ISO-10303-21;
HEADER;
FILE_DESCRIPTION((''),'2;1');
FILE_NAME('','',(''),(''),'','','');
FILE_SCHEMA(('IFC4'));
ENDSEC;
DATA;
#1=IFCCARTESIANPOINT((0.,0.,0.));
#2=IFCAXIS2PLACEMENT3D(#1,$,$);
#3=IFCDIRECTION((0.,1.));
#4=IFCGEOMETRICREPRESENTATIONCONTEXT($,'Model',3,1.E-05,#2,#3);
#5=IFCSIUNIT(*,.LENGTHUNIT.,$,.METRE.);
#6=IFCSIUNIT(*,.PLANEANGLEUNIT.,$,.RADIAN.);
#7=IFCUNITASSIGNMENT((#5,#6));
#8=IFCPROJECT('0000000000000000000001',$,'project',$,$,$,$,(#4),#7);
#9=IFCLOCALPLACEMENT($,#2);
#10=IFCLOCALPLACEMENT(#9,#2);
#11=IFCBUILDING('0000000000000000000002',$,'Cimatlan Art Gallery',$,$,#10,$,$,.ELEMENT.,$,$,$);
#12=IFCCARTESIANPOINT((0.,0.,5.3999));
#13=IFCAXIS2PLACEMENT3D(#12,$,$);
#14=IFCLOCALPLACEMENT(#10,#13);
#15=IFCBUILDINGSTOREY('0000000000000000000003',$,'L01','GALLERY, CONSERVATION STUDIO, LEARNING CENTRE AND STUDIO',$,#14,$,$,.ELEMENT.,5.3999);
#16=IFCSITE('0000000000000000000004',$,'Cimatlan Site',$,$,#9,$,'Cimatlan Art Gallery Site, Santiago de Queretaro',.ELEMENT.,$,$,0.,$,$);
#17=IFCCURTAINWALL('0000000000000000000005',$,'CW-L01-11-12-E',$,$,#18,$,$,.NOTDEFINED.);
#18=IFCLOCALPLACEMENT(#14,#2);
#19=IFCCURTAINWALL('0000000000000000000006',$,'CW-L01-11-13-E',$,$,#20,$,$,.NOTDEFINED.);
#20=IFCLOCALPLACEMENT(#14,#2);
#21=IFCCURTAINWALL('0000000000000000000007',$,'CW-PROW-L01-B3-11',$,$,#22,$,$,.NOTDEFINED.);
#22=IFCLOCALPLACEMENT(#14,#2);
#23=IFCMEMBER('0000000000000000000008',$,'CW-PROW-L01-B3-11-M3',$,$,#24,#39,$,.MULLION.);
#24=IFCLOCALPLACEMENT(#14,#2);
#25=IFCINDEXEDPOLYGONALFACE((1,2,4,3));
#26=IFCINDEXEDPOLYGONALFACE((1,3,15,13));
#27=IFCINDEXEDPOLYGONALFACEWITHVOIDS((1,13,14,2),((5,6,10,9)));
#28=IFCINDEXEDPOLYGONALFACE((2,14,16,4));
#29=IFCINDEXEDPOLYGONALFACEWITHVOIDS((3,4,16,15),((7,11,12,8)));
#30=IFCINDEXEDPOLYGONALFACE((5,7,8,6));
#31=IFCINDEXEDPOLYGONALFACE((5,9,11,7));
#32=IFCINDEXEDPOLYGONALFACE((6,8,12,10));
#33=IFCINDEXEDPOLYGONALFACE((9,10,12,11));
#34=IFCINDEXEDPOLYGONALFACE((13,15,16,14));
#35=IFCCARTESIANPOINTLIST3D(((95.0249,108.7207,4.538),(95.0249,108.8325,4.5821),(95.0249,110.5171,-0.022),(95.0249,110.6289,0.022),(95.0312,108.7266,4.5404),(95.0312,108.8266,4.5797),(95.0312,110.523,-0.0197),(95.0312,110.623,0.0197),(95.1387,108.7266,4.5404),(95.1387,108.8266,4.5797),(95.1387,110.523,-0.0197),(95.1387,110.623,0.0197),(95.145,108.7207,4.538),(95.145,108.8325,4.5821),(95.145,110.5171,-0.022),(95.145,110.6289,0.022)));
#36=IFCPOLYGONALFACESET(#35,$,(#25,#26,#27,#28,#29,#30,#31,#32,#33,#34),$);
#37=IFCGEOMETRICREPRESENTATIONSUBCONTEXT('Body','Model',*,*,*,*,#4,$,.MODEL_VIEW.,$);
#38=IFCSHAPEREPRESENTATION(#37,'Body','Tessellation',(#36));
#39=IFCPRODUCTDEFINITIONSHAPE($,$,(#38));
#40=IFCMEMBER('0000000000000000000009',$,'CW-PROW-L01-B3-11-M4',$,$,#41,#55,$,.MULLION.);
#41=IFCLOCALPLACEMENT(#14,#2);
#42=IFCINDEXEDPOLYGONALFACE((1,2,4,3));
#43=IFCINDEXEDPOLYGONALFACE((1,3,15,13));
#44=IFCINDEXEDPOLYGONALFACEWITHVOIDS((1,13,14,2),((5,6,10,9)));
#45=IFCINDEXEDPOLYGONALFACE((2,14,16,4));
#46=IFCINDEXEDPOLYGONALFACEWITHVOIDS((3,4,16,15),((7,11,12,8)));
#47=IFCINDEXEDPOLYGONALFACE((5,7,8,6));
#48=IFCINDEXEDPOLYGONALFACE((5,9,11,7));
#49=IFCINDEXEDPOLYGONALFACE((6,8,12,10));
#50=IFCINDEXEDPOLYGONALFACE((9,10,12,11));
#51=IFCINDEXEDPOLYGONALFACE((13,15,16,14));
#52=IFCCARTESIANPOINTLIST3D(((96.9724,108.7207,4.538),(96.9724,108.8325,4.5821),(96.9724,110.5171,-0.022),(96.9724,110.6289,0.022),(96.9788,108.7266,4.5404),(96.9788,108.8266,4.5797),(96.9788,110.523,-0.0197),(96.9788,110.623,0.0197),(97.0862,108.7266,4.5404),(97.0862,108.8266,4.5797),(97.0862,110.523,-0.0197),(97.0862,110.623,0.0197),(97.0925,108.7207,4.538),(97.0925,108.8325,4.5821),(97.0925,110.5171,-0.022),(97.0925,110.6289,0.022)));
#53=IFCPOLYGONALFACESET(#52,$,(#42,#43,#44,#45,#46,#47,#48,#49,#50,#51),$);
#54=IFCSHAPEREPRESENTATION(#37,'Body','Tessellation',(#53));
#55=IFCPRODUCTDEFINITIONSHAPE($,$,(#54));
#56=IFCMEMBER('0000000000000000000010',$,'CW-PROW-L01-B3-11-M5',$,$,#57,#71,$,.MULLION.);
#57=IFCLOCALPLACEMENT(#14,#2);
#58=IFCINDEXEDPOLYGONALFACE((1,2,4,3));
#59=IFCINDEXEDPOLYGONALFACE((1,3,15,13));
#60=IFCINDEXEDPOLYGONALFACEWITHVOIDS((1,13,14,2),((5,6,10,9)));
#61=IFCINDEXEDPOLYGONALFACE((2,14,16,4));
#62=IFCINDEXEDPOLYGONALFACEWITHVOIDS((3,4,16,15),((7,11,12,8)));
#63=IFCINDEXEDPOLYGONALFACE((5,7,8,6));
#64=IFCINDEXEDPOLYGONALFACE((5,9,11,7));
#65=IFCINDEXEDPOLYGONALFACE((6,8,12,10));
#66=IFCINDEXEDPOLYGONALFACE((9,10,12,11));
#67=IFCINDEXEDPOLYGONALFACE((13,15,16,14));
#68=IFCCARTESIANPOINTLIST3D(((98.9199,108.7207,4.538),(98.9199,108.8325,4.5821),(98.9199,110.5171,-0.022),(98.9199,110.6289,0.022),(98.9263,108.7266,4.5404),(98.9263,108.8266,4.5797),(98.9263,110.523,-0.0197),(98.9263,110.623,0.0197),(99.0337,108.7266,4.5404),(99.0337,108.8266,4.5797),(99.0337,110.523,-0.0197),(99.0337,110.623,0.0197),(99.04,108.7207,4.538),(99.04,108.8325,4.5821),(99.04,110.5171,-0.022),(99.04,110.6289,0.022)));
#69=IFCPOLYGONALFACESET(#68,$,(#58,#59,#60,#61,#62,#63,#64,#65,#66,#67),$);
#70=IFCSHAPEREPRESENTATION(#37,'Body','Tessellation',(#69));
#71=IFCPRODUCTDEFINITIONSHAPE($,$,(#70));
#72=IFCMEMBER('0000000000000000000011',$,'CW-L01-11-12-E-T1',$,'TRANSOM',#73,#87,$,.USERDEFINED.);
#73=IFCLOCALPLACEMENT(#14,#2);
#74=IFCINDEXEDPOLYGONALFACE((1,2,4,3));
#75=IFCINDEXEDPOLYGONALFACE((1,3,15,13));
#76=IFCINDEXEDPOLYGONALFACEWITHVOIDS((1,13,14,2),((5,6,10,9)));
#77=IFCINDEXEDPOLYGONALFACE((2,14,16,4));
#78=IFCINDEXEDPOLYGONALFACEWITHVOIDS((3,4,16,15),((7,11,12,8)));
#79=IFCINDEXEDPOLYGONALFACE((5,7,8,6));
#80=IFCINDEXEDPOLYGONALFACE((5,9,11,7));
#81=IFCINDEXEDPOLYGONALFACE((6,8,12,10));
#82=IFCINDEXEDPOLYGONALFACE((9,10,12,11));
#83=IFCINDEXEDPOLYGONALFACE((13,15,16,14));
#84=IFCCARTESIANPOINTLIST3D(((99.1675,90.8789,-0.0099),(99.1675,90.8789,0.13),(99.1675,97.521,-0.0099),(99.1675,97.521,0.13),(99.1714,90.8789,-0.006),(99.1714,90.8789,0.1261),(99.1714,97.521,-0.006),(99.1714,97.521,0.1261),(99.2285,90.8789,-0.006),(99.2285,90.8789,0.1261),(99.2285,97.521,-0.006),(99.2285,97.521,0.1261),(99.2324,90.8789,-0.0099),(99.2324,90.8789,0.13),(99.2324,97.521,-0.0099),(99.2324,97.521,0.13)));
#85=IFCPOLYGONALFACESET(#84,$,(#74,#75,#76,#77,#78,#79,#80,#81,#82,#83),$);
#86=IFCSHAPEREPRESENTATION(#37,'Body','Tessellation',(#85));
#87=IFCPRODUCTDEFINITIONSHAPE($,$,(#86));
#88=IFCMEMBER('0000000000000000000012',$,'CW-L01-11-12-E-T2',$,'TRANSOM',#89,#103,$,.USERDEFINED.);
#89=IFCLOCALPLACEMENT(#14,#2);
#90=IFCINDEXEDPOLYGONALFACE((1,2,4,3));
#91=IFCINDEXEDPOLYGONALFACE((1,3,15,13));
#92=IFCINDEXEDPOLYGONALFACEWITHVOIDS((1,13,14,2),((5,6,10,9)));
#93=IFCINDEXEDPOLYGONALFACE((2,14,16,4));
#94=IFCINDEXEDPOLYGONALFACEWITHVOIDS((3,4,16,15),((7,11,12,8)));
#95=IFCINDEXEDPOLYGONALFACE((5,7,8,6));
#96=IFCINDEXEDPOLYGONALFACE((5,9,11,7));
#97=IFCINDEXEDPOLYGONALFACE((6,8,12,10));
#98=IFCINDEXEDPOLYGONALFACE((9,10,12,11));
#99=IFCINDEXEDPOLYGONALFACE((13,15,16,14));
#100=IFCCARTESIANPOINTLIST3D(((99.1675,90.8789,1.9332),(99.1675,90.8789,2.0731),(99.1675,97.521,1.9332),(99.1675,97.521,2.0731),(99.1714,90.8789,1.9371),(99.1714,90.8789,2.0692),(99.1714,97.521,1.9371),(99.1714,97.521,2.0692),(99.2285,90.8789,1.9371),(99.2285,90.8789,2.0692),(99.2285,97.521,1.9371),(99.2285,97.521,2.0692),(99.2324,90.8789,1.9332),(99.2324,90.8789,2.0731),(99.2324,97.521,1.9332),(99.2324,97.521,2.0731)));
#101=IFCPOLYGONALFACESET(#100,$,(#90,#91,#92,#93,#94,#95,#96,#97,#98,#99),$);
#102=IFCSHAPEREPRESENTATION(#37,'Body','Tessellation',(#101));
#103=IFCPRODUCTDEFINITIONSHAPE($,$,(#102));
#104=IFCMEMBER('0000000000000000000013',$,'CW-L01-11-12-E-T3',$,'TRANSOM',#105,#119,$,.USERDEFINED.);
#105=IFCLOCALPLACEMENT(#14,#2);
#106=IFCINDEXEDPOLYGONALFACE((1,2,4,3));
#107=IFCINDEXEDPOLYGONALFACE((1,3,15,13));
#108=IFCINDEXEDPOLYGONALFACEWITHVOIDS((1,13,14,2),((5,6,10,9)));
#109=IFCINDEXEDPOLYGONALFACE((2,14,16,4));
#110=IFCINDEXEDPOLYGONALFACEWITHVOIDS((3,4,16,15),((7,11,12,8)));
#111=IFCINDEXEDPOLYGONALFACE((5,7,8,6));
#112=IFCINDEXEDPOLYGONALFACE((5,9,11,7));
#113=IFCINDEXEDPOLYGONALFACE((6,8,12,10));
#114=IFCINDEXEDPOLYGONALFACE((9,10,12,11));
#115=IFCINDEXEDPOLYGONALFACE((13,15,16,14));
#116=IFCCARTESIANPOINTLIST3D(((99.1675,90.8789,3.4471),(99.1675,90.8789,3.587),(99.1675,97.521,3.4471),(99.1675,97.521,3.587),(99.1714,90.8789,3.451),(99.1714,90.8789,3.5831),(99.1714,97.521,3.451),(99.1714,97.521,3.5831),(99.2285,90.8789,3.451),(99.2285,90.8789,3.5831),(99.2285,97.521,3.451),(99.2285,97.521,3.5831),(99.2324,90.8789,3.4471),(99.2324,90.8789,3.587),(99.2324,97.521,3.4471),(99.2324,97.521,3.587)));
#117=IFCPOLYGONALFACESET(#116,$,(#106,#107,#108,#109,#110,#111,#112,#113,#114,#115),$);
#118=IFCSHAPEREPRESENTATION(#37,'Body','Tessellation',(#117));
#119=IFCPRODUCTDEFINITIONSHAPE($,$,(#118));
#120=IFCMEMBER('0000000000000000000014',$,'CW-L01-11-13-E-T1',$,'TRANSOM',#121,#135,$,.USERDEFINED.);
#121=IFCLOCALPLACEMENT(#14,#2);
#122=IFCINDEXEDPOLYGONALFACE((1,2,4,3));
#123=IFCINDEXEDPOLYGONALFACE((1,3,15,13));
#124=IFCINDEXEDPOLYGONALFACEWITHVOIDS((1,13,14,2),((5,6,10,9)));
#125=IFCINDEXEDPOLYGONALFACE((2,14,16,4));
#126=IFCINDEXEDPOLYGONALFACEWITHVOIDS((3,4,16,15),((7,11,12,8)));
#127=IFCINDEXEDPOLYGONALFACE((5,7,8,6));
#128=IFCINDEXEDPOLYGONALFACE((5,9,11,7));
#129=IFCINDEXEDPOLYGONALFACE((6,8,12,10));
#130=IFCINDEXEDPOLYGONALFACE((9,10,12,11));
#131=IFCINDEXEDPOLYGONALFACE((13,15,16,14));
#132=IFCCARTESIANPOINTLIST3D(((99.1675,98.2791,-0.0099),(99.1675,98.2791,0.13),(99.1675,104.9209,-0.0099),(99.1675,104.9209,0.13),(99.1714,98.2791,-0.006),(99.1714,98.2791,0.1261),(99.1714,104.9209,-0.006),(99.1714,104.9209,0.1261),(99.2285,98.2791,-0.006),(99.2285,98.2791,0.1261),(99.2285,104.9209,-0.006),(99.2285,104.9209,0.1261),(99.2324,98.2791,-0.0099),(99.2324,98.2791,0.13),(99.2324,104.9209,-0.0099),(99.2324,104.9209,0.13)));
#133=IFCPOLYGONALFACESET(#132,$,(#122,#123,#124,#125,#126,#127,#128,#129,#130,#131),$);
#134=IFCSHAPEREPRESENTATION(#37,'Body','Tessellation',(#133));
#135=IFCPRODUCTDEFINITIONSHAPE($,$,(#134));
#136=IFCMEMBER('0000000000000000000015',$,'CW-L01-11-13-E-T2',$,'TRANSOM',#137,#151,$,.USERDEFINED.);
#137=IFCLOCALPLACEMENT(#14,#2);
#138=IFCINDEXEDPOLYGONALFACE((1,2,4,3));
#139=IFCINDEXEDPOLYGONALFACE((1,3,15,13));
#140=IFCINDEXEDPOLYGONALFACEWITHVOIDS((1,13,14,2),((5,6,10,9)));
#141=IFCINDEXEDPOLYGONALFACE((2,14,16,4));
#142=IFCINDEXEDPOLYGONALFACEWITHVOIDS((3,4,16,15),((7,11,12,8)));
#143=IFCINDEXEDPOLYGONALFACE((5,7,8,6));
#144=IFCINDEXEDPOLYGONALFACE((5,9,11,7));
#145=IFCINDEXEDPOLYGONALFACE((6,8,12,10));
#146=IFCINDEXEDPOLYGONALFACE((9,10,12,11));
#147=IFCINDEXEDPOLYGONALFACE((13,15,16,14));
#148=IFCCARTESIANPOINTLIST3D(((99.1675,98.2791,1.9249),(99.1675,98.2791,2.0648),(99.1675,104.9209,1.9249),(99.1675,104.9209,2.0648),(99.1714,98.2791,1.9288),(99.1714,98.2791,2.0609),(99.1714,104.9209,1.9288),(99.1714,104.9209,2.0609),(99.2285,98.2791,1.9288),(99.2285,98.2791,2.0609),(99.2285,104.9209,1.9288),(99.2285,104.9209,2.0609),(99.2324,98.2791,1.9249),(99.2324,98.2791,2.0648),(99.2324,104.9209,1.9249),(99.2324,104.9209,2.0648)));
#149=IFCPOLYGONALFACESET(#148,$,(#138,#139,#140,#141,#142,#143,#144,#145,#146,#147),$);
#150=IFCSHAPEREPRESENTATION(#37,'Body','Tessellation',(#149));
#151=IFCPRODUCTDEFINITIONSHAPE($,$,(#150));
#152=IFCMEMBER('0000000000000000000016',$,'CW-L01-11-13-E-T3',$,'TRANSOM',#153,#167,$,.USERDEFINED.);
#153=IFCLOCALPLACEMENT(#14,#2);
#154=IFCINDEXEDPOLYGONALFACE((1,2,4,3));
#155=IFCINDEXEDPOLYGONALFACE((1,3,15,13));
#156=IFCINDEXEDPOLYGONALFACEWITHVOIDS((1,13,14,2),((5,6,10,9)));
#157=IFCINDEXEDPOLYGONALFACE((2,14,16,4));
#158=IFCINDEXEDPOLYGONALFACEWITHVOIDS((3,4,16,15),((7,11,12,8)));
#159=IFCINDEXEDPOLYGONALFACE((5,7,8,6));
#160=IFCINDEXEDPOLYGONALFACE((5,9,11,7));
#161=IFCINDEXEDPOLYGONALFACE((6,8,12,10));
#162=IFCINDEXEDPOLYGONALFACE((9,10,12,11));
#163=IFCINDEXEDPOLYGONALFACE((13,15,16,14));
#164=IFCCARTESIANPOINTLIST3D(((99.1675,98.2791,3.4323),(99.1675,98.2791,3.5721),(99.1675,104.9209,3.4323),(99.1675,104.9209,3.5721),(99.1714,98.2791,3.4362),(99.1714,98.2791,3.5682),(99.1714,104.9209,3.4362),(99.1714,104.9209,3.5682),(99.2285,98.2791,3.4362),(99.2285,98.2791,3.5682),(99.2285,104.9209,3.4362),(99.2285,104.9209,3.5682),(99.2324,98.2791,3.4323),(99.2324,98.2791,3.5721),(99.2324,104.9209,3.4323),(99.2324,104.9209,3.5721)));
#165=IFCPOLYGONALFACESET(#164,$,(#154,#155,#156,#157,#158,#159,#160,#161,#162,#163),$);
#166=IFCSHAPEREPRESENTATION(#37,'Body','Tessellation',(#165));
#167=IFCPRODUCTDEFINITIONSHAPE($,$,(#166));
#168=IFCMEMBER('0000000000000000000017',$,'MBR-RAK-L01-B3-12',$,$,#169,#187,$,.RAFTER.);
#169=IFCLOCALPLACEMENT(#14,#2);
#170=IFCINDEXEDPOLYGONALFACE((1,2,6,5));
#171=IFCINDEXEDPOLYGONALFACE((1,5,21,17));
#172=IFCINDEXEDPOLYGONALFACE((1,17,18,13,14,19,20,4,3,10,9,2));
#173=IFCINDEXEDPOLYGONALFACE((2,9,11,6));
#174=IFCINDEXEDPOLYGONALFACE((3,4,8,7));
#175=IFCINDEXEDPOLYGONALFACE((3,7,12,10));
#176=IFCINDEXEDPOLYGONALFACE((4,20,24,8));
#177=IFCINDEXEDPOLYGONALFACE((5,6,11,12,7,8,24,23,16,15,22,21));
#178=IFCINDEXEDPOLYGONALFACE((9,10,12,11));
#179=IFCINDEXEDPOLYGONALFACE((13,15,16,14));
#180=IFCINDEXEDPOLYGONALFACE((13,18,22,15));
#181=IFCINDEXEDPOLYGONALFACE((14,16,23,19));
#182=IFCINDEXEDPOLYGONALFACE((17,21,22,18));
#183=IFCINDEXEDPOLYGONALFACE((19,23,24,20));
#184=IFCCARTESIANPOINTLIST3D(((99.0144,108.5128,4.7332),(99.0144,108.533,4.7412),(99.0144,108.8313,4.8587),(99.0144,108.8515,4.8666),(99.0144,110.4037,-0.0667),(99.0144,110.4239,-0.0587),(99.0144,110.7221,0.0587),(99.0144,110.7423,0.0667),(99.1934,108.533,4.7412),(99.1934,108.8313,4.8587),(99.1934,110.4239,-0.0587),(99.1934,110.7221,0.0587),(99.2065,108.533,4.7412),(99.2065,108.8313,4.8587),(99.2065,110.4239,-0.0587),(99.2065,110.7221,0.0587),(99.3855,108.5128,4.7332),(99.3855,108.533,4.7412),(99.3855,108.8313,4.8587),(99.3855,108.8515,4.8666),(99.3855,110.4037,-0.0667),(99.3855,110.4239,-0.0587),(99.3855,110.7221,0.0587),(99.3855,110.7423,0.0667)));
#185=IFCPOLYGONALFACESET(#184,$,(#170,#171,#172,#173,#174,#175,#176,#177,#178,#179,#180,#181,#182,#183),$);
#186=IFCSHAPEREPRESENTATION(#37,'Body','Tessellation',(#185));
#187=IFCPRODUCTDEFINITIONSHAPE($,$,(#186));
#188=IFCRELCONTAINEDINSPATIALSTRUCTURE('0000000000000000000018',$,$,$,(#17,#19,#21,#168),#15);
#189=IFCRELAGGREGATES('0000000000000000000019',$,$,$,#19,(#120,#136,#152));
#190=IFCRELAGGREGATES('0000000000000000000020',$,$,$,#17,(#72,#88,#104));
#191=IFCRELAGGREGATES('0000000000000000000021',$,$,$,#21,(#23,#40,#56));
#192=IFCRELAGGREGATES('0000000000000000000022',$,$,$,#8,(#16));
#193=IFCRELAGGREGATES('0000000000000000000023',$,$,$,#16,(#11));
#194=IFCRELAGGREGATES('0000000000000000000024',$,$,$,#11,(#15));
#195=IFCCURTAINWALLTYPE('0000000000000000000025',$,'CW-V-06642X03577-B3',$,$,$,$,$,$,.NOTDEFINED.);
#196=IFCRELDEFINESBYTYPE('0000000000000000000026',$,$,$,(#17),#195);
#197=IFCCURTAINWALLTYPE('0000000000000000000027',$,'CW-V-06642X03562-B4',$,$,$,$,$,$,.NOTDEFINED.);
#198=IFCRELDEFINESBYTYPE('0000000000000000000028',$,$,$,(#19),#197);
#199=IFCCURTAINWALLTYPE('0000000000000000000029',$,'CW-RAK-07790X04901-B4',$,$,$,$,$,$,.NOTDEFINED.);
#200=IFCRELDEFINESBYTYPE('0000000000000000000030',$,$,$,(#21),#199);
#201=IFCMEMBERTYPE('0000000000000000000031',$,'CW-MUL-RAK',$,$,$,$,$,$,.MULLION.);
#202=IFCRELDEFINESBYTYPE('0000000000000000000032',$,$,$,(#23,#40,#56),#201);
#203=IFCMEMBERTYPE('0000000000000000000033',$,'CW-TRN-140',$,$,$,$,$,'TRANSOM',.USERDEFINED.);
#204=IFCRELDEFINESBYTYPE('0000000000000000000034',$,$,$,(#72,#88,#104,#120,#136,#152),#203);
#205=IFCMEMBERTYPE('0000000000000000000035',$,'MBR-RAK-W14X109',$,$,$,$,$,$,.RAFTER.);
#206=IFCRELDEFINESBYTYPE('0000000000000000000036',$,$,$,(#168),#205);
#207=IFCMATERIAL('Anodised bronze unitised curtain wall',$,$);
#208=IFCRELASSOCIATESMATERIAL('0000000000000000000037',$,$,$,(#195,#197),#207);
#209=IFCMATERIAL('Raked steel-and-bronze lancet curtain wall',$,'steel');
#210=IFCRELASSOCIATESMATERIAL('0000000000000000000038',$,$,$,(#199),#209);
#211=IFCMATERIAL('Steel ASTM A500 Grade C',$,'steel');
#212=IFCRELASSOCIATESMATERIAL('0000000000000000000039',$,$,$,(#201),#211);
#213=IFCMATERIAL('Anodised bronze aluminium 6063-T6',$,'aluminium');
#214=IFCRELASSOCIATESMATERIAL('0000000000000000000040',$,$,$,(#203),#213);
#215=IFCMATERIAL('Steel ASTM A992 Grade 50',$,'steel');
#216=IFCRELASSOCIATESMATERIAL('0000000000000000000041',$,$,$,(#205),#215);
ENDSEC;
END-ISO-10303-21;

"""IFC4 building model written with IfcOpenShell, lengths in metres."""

from ifc_helpers import new_model, si_unit, direction, frame, origin, origin_2d, place, context, subcontext, project, spatial, hollow_rectangle, i_section, extrude, material, material_profile, profile_set, type_object, element, aggregate, save


model = new_model("IFC4")

# Units and contexts
model_context = context("Model", 3, precision=1e-05, world=origin(), true_north=direction((0.0, 1.0)))
body_context = subcontext(model_context, "Body", "Model", "MODEL_VIEW")
ifc_project = project(units=[si_unit("LENGTHUNIT", "METRE"), si_unit("PLANEANGLEUNIT", "RADIAN")], contexts=[model_context])

# Site, building, storey
site_placement = place(None, origin())
site = spatial("IfcSite", under=ifc_project, at=site_placement, Name="Cimatlan Site", LongName="Cimatlan Art Gallery Site, Santiago de Queretaro", CompositionType="ELEMENT", RefElevation=0.0)
building_placement = place(site_placement, origin())
building = spatial("IfcBuilding", under=site, at=building_placement, Name="Cimatlan Art Gallery", CompositionType="ELEMENT")
storey_placement = place(building_placement, frame((0.0, 0.0, 5.3999)))
storey = spatial("IfcBuildingStorey", under=building, at=storey_placement, Name="L01", Description="GALLERY, CONSERVATION STUDIO, LEARNING CENTRE AND STUDIO", CompositionType="ELEMENT", Elevation=5.3999)

# Shared definitions
ifc_material_1 = material(Name="Steel ASTM A992 Grade 50", Category="steel")

# Curtain wall
ifc_material_2 = material(Name="Anodised bronze unitised curtain wall")
curtain_wall_type_1 = type_object("IfcCurtainWallType", Name="CW-V-06642X03577-B3", PredefinedType="NOTDEFINED", material=ifc_material_2)
curtain_wall_1_placement = place(storey_placement, origin())
curtain_wall_1 = element("IfcCurtainWall", 1, at=curtain_wall_1_placement, inside=storey, type_object=curtain_wall_type_1, Name="CW-L01-11-12-E", PredefinedType="NOTDEFINED")
ifc_material_3 = material(Name="Anodised bronze aluminium 6063-T6", Category="aluminium")

# Curtain walls, members
curtain_wall_type_2 = type_object("IfcCurtainWallType", Name="CW-V-06642X03562-B4", PredefinedType="NOTDEFINED", material=ifc_material_2)
curtain_wall_2_placement = place(storey_placement, origin())
curtain_wall_2 = element("IfcCurtainWall", 2, at=curtain_wall_2_placement, inside=storey, type_object=curtain_wall_type_2, Name="CW-L01-11-13-E", PredefinedType="NOTDEFINED")
ifc_material_4 = material(Name="Raked steel-and-bronze lancet curtain wall", Category="steel")
curtain_wall_type_3 = type_object("IfcCurtainWallType", Name="CW-RAK-07790X04901-B4", PredefinedType="NOTDEFINED", material=ifc_material_4)
curtain_wall_3_placement = place(storey_placement, origin())
curtain_wall_3 = element("IfcCurtainWall", 3, at=curtain_wall_3_placement, inside=storey, type_object=curtain_wall_type_3, Name="CW-PROW-L01-B3-11", PredefinedType="NOTDEFINED")
ifc_material_5 = material(Name="Steel ASTM A500 Grade C", Category="steel")
ifc_material_profile_1 = material_profile(ifc_material_5, hollow_rectangle(XDim=0.1201, YDim=0.1201, WallThickness=0.0063, at=origin_2d()), Name="HSS120X120X6")
ifc_profile_set_1 = profile_set([ifc_material_profile_1], Name="Steel ASTM A500 Grade C")
member_type_1 = type_object("IfcMemberType", Name="CW-MUL-RAK", PredefinedType="MULLION", material=ifc_profile_set_1)
member_1_placement = place(storey_placement, frame((95.085, 110.573, 0.0), z_axis=(0.0, -0.366525, 0.930408), x_axis=(1.0, 0.0, 0.0)))
member_1 = element("IfcMember", 4, at=member_1_placement, type_object=member_type_1, Name="CW-PROW-L01-B3-11-M3", PredefinedType="MULLION", context=body_context, shape_type="SweptSolid", body=[
    extrude(hollow_rectangle(XDim=0.1201, YDim=0.1201, WallThickness=0.0063, at=origin_2d()), origin(), (0.0, 0.0, 1.0), 4.9011),
])
member_2_placement = place(storey_placement, frame((97.0325, 110.573, 0.0), z_axis=(0.0, -0.366525, 0.930408), x_axis=(1.0, 0.0, 0.0)))
member_2 = element("IfcMember", 5, at=member_2_placement, type_object=member_type_1, Name="CW-PROW-L01-B3-11-M4", PredefinedType="MULLION", context=body_context, shape_type="SweptSolid", body=[
    extrude(hollow_rectangle(XDim=0.1201, YDim=0.1201, WallThickness=0.0063, at=origin_2d()), origin(), (0.0, 0.0, 1.0), 4.9011),
])
member_3_placement = place(storey_placement, frame((98.98, 110.573, 0.0), z_axis=(0.0, -0.366525, 0.930408), x_axis=(1.0, 0.0, 0.0)))
member_3 = element("IfcMember", 6, at=member_3_placement, type_object=member_type_1, Name="CW-PROW-L01-B3-11-M5", PredefinedType="MULLION", context=body_context, shape_type="SweptSolid", body=[
    extrude(hollow_rectangle(XDim=0.1201, YDim=0.1201, WallThickness=0.0063, at=origin_2d()), origin(), (0.0, 0.0, 1.0), 4.9011),
])

# Members
ifc_material_profile_2 = material_profile(ifc_material_3, hollow_rectangle(XDim=0.0649, YDim=0.1399, WallThickness=0.0039, at=origin_2d()), Name="ALU65X140X4")
ifc_profile_set_2 = profile_set([ifc_material_profile_2], Name="Anodised bronze aluminium 6063-T6")
member_type_2 = type_object("IfcMemberType", Name="CW-TRN-140", ElementType="TRANSOM", PredefinedType="USERDEFINED", material=ifc_profile_set_2)
member_4_placement = place(storey_placement, frame((99.2, 97.521, 0.0601), z_axis=(0.0, -1.0, 0.0), x_axis=(1.0, 0.0, 0.0)))
member_4 = element("IfcMember", 7, at=member_4_placement, type_object=member_type_2, Name="CW-L01-11-12-E-T1", ObjectType="TRANSOM", PredefinedType="USERDEFINED", context=body_context, shape_type="SweptSolid", body=[
    extrude(hollow_rectangle(XDim=0.0649, YDim=0.1399, WallThickness=0.0039, at=origin_2d()), origin(), (0.0, 0.0, 1.0), 6.6421),
])
member_5_placement = place(storey_placement, frame((99.2, 97.521, 2.0032), z_axis=(0.0, -1.0, 0.0), x_axis=(1.0, 0.0, 0.0)))
member_5 = element("IfcMember", 8, at=member_5_placement, type_object=member_type_2, Name="CW-L01-11-12-E-T2", ObjectType="TRANSOM", PredefinedType="USERDEFINED", context=body_context, shape_type="SweptSolid", body=[
    extrude(hollow_rectangle(XDim=0.0649, YDim=0.1399, WallThickness=0.0039, at=origin_2d()), origin(), (0.0, 0.0, 1.0), 6.6421),
])
member_6_placement = place(storey_placement, frame((99.2, 97.521, 3.5171), z_axis=(0.0, -1.0, 0.0), x_axis=(1.0, 0.0, 0.0)))
member_6 = element("IfcMember", 9, at=member_6_placement, type_object=member_type_2, Name="CW-L01-11-12-E-T3", ObjectType="TRANSOM", PredefinedType="USERDEFINED", context=body_context, shape_type="SweptSolid", body=[
    extrude(hollow_rectangle(XDim=0.0649, YDim=0.1399, WallThickness=0.0039, at=origin_2d()), origin(), (0.0, 0.0, 1.0), 6.6421),
])
member_7_placement = place(storey_placement, frame((99.2, 104.9209, 0.0601), z_axis=(0.0, -1.0, 0.0), x_axis=(1.0, 0.0, 0.0)))
member_7 = element("IfcMember", 10, at=member_7_placement, type_object=member_type_2, Name="CW-L01-11-13-E-T1", ObjectType="TRANSOM", PredefinedType="USERDEFINED", context=body_context, shape_type="SweptSolid", body=[
    extrude(hollow_rectangle(XDim=0.0649, YDim=0.1399, WallThickness=0.0039, at=origin_2d()), origin(), (0.0, 0.0, 1.0), 6.6418),
])
member_8_placement = place(storey_placement, frame((99.2, 104.9209, 1.9949), z_axis=(0.0, -1.0, 0.0), x_axis=(1.0, 0.0, 0.0)))
member_8 = element("IfcMember", 11, at=member_8_placement, type_object=member_type_2, Name="CW-L01-11-13-E-T2", ObjectType="TRANSOM", PredefinedType="USERDEFINED", context=body_context, shape_type="SweptSolid", body=[
    extrude(hollow_rectangle(XDim=0.0649, YDim=0.1399, WallThickness=0.0039, at=origin_2d()), origin(), (0.0, 0.0, 1.0), 6.6418),
])
member_9_placement = place(storey_placement, frame((99.2, 104.9209, 3.5022), z_axis=(0.0, -1.0, 0.0), x_axis=(1.0, 0.0, 0.0)))
member_9 = element("IfcMember", 12, at=member_9_placement, type_object=member_type_2, Name="CW-L01-11-13-E-T3", ObjectType="TRANSOM", PredefinedType="USERDEFINED", context=body_context, shape_type="SweptSolid", body=[
    extrude(hollow_rectangle(XDim=0.0649, YDim=0.1399, WallThickness=0.0039, at=origin_2d()), origin(), (0.0, 0.0, 1.0), 6.6418),
])
ifc_material_profile_3 = material_profile(ifc_material_1, i_section(OverallWidth=0.3711, OverallDepth=0.364, WebThickness=0.0132, FlangeThickness=0.0217, at=origin_2d()), Name="W14X109")
ifc_profile_set_3 = profile_set([ifc_material_profile_3], Name="Steel ASTM A992 Grade 50")
member_type_3 = type_object("IfcMemberType", Name="MBR-RAK-W14X109", PredefinedType="RAFTER", material=ifc_profile_set_3)
member_10_placement = place(storey_placement, frame((99.2, 110.573, 0.0), z_axis=(0.0, -0.366515, 0.930412), x_axis=(1.0, 0.0, 0.0)))
element("IfcMember", 13, at=member_10_placement, inside=storey, type_object=member_type_3, Name="MBR-RAK-L01-B3-12", PredefinedType="RAFTER", context=body_context, shape_type="SweptSolid", body=[
    extrude(i_section(OverallWidth=0.3711, OverallDepth=0.364, WebThickness=0.0132, FlangeThickness=0.0217, at=origin_2d()), origin(), (0.0, 0.0, 1.0), 5.1589),
])

aggregate(curtain_wall_2, [member_7, member_8, member_9])
aggregate(curtain_wall_1, [member_4, member_5, member_6])
aggregate(curtain_wall_3, [member_1, member_2, member_3])

save(model, "model.ifc")
